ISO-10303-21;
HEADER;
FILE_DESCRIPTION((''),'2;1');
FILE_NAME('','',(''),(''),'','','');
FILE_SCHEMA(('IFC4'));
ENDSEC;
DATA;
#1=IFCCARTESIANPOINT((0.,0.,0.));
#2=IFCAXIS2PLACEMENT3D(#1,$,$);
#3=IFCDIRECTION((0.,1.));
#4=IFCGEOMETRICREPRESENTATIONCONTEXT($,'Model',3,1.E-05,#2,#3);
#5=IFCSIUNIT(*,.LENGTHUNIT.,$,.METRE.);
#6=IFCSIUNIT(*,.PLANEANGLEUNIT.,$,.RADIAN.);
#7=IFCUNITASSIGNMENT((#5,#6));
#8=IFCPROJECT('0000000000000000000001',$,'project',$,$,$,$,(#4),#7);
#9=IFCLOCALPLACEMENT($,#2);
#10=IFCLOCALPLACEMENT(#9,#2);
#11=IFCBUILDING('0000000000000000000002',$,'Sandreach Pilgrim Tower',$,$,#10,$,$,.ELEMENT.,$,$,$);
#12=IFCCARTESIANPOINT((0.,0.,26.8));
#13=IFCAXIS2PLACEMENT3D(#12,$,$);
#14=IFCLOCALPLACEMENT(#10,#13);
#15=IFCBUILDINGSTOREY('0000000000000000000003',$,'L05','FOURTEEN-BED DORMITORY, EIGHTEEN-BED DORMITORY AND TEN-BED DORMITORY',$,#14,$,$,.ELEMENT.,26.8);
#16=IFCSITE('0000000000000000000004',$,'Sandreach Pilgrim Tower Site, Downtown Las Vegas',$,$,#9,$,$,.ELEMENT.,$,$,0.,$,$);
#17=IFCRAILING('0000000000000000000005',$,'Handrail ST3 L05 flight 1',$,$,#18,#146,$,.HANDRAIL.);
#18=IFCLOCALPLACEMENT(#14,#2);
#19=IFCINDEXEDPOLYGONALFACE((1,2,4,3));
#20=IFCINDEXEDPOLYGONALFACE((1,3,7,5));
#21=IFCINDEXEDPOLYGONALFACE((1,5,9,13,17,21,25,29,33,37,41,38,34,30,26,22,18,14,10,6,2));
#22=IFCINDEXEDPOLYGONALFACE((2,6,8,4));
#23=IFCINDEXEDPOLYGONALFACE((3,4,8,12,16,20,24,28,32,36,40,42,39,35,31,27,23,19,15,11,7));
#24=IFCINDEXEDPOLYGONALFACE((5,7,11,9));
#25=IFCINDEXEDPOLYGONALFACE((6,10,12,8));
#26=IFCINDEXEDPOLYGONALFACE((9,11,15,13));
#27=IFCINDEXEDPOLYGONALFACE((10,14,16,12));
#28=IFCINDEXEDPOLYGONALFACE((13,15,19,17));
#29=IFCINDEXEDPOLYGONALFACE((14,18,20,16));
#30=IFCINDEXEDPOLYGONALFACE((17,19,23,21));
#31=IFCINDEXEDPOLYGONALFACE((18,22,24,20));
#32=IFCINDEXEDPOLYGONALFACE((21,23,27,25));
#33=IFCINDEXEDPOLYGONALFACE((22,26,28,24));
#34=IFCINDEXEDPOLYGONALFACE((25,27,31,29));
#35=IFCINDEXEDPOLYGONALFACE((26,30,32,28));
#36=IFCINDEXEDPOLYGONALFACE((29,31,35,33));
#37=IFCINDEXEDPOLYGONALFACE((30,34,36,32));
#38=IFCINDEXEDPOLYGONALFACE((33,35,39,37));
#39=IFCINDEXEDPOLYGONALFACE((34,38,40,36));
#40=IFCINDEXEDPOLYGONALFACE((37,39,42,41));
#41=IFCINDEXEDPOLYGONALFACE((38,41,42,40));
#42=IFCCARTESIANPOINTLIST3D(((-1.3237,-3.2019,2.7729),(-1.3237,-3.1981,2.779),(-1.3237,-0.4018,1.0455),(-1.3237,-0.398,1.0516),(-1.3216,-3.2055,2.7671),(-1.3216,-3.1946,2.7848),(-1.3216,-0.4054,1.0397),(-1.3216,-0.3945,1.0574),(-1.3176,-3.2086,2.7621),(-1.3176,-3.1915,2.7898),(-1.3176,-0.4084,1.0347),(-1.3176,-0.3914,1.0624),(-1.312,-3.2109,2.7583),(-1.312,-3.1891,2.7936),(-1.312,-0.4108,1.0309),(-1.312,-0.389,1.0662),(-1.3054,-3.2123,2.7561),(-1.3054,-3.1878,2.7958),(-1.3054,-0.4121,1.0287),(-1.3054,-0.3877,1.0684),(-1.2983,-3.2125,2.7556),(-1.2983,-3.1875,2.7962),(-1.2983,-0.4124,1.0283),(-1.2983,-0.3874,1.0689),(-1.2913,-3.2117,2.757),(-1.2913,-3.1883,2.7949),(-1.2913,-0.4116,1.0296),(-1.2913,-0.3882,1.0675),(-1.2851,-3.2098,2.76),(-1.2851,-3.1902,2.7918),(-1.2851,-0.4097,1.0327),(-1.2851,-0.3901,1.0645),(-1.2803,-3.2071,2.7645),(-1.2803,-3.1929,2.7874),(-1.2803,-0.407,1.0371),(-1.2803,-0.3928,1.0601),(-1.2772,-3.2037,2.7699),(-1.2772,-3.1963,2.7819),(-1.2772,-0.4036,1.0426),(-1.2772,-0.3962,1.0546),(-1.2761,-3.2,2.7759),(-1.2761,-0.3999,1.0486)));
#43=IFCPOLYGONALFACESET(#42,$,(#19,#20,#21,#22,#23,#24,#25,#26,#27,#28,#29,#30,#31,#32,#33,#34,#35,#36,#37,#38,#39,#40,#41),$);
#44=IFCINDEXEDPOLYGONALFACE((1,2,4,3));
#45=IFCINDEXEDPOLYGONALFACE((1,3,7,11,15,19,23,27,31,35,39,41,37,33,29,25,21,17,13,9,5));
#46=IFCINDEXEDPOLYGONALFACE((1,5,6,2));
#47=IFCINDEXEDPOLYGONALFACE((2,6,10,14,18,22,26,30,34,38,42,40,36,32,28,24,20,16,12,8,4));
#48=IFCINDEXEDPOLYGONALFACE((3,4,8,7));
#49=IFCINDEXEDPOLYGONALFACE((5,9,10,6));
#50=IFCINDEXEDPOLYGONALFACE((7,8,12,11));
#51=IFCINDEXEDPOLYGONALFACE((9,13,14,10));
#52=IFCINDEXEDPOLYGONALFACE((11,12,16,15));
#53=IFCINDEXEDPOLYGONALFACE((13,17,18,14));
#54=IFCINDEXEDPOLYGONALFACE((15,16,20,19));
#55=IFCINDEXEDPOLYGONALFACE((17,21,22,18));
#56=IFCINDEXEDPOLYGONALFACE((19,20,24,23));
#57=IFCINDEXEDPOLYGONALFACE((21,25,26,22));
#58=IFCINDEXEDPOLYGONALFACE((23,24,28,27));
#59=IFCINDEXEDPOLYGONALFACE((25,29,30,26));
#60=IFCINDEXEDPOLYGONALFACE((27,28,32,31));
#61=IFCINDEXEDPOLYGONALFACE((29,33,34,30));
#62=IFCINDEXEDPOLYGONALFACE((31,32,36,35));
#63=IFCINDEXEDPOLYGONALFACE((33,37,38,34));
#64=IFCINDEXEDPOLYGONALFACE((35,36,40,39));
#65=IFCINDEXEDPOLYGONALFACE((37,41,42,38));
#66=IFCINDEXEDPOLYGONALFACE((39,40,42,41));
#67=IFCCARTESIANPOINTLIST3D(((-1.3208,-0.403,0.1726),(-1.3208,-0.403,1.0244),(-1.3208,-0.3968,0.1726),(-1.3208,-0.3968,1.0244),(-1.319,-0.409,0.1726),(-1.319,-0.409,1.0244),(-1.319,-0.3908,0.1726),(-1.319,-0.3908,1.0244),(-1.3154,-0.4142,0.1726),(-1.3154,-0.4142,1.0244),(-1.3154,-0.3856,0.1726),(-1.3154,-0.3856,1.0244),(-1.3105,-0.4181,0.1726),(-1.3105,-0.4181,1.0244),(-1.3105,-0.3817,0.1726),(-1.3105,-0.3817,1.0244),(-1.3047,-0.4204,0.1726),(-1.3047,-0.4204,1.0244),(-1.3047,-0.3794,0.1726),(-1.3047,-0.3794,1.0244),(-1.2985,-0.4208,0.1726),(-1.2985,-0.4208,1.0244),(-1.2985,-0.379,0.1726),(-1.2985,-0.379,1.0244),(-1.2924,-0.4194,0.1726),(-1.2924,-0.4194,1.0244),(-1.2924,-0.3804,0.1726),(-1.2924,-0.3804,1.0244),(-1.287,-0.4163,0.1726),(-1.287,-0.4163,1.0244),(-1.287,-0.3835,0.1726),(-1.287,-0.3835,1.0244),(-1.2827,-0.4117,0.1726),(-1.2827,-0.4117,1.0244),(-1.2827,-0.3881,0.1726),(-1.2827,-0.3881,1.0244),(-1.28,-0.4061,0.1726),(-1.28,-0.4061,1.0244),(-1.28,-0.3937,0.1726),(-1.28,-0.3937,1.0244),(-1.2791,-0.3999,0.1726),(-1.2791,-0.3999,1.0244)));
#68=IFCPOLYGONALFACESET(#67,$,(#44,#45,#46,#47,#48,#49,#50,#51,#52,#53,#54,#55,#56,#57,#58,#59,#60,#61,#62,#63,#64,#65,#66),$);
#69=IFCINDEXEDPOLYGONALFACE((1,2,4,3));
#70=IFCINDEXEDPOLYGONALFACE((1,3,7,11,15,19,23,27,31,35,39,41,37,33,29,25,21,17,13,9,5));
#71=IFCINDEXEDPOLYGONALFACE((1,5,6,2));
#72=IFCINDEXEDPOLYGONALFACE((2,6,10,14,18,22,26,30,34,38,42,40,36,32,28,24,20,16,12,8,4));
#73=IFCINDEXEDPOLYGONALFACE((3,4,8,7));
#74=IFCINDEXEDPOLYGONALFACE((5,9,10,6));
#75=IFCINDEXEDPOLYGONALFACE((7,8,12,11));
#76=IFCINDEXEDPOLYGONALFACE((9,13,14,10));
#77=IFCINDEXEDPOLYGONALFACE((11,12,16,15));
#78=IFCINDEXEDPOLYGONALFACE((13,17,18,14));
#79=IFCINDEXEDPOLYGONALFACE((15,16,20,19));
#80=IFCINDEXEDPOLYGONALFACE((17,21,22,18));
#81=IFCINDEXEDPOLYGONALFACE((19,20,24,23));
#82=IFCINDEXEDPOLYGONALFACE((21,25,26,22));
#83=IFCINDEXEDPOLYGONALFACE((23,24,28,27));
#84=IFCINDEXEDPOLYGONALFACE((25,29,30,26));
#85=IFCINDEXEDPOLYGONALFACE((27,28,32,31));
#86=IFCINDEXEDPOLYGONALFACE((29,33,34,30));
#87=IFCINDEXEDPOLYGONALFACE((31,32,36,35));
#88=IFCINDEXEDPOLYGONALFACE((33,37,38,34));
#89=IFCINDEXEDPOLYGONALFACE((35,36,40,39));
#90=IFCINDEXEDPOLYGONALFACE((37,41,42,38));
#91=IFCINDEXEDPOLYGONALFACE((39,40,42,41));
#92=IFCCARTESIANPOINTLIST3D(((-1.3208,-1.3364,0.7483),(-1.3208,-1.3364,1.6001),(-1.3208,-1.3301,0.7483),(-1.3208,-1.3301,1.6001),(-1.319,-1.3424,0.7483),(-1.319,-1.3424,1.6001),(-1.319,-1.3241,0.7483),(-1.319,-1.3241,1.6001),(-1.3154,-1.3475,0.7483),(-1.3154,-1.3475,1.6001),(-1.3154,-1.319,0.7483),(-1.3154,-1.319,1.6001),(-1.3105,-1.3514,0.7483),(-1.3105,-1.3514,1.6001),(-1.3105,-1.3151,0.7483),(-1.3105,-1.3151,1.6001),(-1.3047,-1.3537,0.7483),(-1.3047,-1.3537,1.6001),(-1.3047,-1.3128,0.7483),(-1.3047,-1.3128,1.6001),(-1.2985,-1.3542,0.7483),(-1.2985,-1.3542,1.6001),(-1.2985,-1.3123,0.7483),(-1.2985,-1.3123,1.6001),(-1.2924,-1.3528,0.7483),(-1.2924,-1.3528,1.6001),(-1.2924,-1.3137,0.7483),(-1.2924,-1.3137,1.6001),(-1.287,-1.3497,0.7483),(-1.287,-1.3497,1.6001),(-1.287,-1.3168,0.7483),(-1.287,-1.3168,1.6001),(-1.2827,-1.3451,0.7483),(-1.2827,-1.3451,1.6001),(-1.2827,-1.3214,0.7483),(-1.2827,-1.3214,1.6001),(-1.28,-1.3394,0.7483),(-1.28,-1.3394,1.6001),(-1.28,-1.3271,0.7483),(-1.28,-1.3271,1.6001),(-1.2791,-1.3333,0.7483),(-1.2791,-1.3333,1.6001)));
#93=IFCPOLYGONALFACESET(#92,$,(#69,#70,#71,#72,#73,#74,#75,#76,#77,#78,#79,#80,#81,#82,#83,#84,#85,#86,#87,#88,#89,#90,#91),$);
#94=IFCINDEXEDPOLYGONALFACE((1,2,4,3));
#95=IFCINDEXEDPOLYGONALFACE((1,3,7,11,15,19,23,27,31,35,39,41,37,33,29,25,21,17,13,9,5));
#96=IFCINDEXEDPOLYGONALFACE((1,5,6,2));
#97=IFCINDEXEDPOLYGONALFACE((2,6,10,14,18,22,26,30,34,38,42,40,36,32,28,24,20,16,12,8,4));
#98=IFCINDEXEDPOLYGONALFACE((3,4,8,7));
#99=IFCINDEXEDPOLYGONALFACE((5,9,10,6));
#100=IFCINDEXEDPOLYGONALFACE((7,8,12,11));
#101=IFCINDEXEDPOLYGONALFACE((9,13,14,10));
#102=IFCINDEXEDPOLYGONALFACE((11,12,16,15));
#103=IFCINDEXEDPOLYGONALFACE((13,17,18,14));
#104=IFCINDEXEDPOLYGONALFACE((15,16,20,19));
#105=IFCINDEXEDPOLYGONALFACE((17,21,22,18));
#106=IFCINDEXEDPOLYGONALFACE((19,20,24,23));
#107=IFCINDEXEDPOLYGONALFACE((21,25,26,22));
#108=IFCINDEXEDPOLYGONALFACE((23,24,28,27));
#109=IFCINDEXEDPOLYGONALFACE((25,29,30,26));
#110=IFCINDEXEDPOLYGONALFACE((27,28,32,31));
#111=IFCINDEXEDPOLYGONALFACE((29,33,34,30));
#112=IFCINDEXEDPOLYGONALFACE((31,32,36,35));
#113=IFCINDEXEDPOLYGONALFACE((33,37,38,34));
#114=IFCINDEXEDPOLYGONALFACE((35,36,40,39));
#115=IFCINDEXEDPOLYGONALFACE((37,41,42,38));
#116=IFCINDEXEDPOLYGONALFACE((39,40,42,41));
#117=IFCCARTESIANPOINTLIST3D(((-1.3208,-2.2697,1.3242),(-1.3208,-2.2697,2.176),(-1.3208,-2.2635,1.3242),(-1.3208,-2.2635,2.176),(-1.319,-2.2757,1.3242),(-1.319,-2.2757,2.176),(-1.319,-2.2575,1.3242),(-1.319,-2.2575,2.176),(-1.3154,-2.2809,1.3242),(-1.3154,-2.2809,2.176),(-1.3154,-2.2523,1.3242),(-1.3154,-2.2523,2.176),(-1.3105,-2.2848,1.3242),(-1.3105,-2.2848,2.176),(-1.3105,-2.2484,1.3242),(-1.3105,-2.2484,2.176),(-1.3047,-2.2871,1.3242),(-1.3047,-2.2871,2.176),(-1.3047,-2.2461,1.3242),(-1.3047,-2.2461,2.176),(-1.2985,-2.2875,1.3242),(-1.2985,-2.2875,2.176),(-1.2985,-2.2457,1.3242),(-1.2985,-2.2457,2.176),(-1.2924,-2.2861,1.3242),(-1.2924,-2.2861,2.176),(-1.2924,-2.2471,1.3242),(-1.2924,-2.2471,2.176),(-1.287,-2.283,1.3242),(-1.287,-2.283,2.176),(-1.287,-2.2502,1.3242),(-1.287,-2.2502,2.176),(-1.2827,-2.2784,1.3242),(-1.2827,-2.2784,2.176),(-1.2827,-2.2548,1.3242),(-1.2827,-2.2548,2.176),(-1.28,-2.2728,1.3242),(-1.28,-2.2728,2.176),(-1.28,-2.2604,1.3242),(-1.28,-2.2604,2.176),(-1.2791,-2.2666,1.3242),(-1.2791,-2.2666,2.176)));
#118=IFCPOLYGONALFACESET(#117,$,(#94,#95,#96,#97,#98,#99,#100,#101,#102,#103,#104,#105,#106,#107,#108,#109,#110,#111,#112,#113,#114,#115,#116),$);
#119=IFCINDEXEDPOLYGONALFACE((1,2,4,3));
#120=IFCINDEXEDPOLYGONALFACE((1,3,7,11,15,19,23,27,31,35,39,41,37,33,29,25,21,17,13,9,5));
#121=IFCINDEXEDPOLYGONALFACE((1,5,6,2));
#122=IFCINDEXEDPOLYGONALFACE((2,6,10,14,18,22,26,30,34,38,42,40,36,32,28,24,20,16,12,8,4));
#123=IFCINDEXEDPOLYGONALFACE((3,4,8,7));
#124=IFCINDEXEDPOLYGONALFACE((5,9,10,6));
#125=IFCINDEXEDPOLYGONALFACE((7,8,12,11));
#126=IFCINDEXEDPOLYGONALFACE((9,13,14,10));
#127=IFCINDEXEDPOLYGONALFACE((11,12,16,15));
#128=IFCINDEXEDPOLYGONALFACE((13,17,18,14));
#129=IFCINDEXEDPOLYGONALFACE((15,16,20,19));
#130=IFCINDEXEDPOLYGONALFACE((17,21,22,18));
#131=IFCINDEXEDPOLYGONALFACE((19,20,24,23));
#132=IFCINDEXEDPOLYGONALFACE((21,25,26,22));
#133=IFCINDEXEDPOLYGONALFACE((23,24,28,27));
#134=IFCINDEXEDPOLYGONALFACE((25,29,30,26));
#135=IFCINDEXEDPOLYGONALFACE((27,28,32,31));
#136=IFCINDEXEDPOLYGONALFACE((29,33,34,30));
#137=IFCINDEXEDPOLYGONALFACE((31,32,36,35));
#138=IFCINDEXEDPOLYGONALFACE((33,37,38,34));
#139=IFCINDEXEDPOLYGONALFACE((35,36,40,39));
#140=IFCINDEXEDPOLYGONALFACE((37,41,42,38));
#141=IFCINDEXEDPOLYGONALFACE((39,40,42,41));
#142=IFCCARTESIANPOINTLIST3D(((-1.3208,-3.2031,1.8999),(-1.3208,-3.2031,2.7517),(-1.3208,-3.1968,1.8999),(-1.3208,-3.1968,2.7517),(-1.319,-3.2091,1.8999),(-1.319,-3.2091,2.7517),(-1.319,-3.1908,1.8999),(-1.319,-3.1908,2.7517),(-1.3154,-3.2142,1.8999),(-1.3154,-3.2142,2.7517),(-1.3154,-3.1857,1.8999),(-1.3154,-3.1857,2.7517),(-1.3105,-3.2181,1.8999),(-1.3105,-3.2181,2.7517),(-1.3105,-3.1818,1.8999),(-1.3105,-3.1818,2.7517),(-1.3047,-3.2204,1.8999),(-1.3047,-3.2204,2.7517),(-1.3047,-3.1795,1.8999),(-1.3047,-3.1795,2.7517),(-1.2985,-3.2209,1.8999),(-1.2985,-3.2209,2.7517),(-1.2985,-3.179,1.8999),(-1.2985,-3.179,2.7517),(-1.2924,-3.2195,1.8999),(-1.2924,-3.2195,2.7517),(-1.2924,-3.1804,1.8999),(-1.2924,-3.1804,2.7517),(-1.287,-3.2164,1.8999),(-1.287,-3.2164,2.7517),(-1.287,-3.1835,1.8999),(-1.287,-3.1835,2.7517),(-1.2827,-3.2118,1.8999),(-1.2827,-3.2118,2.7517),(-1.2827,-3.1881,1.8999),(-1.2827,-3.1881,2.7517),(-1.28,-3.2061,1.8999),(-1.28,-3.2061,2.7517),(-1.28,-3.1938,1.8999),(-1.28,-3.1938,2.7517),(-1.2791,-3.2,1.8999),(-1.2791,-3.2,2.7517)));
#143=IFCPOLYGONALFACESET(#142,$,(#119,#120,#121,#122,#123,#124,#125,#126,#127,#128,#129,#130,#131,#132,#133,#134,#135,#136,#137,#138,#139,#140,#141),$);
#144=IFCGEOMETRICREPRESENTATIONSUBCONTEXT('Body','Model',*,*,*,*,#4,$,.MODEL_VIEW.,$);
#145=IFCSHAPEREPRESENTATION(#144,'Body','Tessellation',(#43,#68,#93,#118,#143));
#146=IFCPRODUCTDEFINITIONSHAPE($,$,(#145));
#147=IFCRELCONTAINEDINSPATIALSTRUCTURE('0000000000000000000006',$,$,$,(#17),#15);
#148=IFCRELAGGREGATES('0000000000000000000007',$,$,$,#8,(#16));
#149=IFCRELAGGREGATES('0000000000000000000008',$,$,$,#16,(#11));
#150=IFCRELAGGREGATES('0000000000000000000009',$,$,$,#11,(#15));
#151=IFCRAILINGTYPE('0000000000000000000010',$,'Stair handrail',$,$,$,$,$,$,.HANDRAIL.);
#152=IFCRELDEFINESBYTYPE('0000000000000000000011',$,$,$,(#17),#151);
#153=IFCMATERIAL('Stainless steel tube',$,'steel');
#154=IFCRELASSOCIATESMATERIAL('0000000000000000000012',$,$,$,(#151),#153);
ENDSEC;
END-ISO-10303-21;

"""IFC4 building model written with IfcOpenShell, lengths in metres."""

from ifc_helpers import new_model, si_unit, direction, frame, origin, origin_2d, place, context, subcontext, project, spatial, circle, extrude, material, type_object, element, save


model = new_model("IFC4")

# Units and contexts
model_context = context("Model", 3, precision=1e-05, world=origin(), true_north=direction((0.0, 1.0)))
body_context = subcontext(model_context, "Body", "Model", "MODEL_VIEW")
ifc_project = project(units=[si_unit("LENGTHUNIT", "METRE"), si_unit("PLANEANGLEUNIT", "RADIAN")], contexts=[model_context])

# Site, building, storey
site_placement = place(None, origin())
site = spatial("IfcSite", under=ifc_project, at=site_placement, Name="Sandreach Pilgrim Tower Site, Downtown Las Vegas", CompositionType="ELEMENT", RefElevation=0.0)
building_placement = place(site_placement, origin())
building = spatial("IfcBuilding", under=site, at=building_placement, Name="Sandreach Pilgrim Tower", CompositionType="ELEMENT")
storey_placement = place(building_placement, frame((0.0, 0.0, 26.8)))
storey = spatial("IfcBuildingStorey", under=building, at=storey_placement, Name="L05", Description="FOURTEEN-BED DORMITORY, EIGHTEEN-BED DORMITORY AND TEN-BED DORMITORY", CompositionType="ELEMENT", Elevation=26.8)

# Railing
ifc_material_1 = material(Name="Stainless steel tube", Category="steel")
railing_type = type_object("IfcRailingType", Name="Stair handrail", PredefinedType="HANDRAIL", material=ifc_material_1)
for number, where, name in (
    (1, (-1.3, -0.3999, 0.1726), "Handrail ST3 L05 flight 1"),
):
    element("IfcRailing", number, at=place(storey_placement, frame(where)), inside=storey, type_object=railing_type, Name=name, PredefinedType="HANDRAIL", context=body_context, shape_type="SweptSolid", body=[
        extrude(circle(Radius=0.0239, at=origin_2d()), frame((0.0, 0.0, 0.876), z_axis=(0.0, -0.85109, 0.52502), x_axis=(1.0, 0.0, 0.0)), (0.0, 0.0, 1.0), 3.29),
        extrude(circle(Radius=0.021, at=origin_2d()), origin(), (0.0, 0.0, 1.0), 0.8518),
        extrude(circle(Radius=0.021, at=origin_2d()), frame((0.0, -0.9333, 0.5757)), (0.0, 0.0, 1.0), 0.8518),
        extrude(circle(Radius=0.021, at=origin_2d()), frame((0.0, -1.8667, 1.1516)), (0.0, 0.0, 1.0), 0.8518),
        extrude(circle(Radius=0.021, at=origin_2d()), frame((0.0, -2.8, 1.7273)), (0.0, 0.0, 1.0), 0.8518),
    ])

save(model, "model.ifc")
